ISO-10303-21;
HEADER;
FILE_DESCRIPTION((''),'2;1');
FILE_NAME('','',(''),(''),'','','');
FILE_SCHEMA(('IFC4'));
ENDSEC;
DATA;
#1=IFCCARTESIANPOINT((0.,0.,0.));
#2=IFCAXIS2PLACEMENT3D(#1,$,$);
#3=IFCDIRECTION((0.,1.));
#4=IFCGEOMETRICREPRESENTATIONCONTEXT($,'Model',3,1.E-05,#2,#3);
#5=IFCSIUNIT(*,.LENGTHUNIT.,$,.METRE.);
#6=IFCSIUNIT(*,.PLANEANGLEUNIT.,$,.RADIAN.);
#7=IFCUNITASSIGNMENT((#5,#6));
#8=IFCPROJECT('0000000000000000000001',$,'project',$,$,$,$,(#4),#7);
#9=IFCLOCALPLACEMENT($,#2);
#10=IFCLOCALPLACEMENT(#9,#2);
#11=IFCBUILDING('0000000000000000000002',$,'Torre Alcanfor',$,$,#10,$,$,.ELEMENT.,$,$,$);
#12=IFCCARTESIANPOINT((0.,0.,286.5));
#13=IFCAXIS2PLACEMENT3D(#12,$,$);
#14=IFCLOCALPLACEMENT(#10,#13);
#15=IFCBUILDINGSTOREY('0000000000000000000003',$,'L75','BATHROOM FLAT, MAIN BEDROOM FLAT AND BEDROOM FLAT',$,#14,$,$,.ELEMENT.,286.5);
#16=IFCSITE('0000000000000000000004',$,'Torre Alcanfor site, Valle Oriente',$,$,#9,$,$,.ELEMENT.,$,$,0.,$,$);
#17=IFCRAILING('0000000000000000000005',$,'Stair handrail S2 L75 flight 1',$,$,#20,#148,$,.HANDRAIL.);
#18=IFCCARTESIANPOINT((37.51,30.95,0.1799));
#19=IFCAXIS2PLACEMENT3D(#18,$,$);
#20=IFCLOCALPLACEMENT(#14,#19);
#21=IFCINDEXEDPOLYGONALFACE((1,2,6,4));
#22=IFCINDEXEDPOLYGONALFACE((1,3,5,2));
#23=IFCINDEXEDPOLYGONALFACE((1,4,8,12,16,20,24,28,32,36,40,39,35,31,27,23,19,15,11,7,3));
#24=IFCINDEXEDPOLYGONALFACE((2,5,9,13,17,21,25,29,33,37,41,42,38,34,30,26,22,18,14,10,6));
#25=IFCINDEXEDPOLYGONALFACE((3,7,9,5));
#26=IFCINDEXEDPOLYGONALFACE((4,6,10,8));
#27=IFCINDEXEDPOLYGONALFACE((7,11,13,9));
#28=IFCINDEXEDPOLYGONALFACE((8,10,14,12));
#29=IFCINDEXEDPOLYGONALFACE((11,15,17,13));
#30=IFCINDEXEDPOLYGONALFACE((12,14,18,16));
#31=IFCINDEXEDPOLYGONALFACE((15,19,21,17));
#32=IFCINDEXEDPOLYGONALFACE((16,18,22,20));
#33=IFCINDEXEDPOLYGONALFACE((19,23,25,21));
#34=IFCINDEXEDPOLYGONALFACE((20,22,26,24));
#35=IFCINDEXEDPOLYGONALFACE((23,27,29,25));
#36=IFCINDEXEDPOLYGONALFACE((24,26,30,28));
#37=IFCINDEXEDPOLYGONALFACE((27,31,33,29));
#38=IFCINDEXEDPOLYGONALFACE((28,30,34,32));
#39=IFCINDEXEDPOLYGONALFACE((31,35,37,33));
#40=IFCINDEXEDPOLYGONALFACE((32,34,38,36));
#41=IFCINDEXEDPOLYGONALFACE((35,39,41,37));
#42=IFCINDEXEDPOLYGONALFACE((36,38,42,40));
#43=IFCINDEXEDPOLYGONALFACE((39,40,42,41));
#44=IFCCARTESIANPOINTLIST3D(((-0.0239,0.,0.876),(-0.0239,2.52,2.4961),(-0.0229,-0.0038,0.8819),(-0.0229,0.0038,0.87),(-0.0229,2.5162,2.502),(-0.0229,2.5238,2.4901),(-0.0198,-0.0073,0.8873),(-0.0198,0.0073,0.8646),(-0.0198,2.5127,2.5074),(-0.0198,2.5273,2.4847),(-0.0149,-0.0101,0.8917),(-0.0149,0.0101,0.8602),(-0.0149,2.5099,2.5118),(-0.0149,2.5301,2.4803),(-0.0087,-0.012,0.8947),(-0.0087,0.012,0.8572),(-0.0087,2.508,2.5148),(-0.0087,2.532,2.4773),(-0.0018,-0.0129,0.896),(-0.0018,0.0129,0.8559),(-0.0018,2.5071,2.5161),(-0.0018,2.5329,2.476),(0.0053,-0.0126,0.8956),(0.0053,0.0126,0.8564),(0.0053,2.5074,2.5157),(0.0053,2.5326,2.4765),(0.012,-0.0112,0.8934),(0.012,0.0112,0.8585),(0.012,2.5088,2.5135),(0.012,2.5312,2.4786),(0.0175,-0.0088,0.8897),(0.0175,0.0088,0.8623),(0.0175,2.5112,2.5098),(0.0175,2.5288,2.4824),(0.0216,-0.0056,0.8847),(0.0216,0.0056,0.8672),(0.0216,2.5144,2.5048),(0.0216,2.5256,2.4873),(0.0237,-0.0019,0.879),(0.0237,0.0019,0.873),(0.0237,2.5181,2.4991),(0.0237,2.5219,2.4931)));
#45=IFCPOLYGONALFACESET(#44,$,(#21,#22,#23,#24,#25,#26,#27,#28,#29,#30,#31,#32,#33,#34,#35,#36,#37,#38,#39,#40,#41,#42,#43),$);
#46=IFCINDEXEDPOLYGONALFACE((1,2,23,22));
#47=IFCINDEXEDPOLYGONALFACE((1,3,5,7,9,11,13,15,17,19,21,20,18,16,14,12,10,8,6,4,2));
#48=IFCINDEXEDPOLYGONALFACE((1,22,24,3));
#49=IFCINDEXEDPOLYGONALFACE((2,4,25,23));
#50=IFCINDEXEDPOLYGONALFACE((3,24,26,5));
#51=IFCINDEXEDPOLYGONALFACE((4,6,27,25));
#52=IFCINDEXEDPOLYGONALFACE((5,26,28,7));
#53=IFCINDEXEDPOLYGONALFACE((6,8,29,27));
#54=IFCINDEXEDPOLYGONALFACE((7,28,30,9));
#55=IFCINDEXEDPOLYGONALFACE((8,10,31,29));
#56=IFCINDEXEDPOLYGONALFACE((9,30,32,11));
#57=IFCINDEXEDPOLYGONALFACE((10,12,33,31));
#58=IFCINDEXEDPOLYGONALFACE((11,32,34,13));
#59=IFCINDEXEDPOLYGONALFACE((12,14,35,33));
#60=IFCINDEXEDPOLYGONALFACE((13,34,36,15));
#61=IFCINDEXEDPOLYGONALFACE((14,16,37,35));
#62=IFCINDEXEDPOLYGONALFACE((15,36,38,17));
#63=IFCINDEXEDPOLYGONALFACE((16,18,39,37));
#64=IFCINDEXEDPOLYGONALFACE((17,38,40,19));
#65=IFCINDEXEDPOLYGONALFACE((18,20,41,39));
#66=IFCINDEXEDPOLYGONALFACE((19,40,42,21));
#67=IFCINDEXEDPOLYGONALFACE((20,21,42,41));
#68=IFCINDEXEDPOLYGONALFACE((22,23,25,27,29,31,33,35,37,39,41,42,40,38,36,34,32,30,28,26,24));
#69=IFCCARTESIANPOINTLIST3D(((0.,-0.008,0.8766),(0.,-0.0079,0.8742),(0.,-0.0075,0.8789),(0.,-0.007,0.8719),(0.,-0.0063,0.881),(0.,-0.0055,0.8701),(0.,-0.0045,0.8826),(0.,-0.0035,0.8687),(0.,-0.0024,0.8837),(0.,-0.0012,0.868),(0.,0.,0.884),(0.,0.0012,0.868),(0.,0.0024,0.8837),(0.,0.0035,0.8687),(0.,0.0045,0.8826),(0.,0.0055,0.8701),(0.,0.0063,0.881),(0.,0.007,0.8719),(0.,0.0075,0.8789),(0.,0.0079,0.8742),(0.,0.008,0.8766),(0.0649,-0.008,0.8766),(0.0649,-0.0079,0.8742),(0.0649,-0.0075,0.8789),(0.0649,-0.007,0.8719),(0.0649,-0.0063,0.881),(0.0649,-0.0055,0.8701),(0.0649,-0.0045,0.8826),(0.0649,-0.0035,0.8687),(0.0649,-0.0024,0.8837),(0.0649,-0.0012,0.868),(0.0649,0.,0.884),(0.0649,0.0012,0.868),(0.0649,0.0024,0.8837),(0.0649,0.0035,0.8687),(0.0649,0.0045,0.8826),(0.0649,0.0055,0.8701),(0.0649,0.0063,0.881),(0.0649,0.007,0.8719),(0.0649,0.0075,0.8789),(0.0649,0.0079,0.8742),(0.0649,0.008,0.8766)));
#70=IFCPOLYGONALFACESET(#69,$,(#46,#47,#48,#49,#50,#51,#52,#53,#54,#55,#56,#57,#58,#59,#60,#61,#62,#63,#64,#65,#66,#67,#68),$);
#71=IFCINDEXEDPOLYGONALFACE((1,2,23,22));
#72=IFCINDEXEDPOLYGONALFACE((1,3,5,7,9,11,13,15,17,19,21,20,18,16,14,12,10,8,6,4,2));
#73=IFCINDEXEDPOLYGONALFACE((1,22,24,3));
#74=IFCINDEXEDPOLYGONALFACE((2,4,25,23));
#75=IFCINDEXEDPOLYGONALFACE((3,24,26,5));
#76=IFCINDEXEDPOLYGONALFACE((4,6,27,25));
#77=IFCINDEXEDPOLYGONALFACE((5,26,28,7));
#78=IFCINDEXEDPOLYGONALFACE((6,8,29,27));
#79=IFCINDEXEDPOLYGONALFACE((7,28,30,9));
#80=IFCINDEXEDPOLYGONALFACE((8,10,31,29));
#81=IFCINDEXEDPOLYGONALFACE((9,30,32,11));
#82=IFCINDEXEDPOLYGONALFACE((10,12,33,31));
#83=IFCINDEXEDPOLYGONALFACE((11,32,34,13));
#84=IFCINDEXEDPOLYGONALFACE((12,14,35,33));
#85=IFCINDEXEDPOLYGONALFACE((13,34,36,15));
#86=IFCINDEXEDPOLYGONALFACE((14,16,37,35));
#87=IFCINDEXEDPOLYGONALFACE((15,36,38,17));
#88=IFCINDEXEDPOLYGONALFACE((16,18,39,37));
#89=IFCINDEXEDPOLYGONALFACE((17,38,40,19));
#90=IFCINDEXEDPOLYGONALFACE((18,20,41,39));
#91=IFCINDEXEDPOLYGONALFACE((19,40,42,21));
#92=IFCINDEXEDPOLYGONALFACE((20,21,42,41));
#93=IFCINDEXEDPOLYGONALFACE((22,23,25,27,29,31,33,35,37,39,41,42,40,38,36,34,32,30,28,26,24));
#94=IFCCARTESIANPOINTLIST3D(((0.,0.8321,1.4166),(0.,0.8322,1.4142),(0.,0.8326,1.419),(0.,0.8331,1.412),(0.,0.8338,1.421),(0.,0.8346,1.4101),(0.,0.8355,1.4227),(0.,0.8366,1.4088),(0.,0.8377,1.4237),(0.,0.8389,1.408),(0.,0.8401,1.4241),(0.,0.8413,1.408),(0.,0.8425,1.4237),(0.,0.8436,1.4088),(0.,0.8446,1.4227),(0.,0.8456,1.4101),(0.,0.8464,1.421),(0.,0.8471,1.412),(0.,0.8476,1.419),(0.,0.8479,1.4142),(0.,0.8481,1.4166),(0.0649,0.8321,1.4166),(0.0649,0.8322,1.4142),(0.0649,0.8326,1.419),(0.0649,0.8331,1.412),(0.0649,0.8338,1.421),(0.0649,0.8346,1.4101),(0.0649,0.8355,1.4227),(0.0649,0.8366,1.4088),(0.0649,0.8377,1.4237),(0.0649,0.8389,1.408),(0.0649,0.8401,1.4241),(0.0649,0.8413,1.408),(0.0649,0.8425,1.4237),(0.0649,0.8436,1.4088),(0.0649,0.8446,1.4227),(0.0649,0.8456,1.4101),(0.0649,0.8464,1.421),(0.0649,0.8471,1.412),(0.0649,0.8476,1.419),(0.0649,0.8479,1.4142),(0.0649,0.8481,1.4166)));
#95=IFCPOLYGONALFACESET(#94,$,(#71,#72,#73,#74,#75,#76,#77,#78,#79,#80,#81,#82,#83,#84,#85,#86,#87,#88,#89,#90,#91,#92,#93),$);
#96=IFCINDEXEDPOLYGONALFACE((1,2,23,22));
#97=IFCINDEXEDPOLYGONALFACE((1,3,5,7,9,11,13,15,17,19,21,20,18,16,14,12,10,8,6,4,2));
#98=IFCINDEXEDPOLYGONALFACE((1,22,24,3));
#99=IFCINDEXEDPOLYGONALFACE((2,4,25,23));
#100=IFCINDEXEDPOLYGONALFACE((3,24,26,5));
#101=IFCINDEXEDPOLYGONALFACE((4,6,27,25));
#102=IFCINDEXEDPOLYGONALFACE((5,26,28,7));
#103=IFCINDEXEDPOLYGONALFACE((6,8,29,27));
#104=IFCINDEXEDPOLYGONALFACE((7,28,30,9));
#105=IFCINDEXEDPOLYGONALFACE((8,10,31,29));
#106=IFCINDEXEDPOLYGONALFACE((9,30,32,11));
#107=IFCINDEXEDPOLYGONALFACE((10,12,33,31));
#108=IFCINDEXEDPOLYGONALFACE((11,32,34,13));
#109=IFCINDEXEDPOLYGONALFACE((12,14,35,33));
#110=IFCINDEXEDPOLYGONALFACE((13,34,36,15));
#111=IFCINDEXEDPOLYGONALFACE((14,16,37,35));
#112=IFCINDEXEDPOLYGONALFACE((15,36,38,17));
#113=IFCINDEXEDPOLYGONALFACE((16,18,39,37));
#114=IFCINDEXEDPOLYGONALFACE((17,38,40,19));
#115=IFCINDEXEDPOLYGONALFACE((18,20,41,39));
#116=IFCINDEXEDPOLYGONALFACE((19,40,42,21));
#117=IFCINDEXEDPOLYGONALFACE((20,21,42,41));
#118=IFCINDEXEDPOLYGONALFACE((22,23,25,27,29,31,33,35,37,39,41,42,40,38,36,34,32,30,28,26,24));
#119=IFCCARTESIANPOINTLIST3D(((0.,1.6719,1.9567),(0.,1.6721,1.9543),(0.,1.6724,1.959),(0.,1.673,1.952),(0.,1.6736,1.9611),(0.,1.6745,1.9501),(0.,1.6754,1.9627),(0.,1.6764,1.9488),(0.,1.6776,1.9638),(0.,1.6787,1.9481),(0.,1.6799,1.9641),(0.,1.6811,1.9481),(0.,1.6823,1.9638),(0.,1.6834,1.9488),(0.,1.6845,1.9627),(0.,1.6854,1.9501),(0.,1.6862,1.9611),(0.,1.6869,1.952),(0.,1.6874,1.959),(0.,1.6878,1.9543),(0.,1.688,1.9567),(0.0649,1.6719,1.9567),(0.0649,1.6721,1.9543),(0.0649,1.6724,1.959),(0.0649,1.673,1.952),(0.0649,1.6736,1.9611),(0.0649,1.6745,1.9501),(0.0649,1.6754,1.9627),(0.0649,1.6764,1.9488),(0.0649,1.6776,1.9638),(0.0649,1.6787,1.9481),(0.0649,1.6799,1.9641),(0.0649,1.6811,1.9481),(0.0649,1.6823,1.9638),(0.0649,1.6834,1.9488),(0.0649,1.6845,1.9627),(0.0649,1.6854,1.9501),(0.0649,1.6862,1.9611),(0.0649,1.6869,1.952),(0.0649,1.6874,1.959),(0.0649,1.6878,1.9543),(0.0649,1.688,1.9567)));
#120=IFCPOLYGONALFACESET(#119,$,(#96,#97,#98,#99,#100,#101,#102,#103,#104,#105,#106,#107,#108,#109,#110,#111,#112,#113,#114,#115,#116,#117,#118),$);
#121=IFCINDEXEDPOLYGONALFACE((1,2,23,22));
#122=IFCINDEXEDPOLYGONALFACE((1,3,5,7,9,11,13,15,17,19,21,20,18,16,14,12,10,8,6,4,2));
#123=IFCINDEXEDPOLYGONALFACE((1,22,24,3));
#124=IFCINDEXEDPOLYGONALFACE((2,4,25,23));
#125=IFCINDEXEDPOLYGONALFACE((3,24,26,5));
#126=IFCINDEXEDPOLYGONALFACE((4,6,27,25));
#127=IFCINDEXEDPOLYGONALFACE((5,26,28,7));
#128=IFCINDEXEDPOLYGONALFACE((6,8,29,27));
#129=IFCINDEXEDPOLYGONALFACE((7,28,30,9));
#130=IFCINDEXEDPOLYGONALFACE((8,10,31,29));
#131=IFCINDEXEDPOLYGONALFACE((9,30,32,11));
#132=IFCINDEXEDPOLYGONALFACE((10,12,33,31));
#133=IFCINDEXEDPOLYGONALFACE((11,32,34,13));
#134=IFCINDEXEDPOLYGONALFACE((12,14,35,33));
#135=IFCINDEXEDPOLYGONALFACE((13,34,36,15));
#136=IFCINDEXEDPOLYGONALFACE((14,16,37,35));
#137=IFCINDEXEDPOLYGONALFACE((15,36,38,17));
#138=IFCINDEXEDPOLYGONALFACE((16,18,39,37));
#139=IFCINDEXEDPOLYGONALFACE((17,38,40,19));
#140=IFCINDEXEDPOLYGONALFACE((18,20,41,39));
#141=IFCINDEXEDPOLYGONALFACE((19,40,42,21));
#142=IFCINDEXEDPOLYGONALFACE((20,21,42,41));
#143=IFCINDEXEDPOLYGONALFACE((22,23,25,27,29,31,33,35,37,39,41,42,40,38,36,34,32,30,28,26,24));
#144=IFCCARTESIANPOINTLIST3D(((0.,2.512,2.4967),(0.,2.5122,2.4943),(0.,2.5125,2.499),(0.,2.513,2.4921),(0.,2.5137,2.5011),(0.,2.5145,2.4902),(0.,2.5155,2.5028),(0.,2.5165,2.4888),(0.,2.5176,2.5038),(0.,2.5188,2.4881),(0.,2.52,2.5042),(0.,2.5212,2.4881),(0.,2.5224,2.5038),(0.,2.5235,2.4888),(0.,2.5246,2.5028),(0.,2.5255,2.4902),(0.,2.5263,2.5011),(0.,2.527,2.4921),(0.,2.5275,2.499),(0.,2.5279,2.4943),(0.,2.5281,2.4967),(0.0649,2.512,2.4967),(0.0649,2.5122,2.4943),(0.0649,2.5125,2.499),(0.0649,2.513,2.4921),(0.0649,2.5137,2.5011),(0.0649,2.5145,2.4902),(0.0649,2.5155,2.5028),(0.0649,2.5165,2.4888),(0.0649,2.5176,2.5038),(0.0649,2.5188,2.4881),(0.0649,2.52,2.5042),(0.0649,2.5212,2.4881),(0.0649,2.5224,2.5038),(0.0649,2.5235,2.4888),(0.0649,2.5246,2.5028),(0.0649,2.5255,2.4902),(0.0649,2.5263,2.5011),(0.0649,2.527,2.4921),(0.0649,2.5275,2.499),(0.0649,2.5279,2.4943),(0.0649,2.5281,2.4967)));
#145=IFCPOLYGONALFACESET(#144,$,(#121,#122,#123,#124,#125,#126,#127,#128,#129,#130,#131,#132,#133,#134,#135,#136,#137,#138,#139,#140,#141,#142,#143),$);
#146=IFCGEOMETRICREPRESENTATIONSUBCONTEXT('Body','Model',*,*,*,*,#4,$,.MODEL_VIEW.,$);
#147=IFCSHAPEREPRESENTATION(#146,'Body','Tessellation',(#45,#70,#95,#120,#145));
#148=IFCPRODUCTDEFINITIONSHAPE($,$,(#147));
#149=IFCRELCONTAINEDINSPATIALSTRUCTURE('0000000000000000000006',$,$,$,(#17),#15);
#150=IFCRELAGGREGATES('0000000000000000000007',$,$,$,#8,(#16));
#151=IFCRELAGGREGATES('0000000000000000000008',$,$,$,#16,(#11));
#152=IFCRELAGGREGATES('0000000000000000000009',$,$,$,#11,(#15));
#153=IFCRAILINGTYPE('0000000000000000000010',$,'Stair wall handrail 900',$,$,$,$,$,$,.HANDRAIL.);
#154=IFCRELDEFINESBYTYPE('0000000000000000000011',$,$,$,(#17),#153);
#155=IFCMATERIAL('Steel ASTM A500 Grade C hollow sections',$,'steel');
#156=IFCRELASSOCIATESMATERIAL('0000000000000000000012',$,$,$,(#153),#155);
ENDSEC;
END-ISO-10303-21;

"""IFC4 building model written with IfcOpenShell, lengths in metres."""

from ifc_helpers import new_model, si_unit, direction, frame, origin, origin_2d, place, context, subcontext, project, spatial, circle, extrude, material, type_object, element, save


model = new_model("IFC4")

# Units and contexts
model_context = context("Model", 3, precision=1e-05, world=origin(), true_north=direction((0.0, 1.0)))
body_context = subcontext(model_context, "Body", "Model", "MODEL_VIEW")
ifc_project = project(units=[si_unit("LENGTHUNIT", "METRE"), si_unit("PLANEANGLEUNIT", "RADIAN")], contexts=[model_context])

# Site, building, storey
site_placement = place(None, origin())
site = spatial("IfcSite", under=ifc_project, at=site_placement, Name="Torre Alcanfor site, Valle Oriente", CompositionType="ELEMENT", RefElevation=0.0)
building_placement = place(site_placement, origin())
building = spatial("IfcBuilding", under=site, at=building_placement, Name="Torre Alcanfor", CompositionType="ELEMENT")
storey_placement = place(building_placement, frame((0.0, 0.0, 286.5)))
storey = spatial("IfcBuildingStorey", under=building, at=storey_placement, Name="L75", Description="BATHROOM FLAT, MAIN BEDROOM FLAT AND BEDROOM FLAT", CompositionType="ELEMENT", Elevation=286.5)

# Railing
ifc_material_1 = material(Name="Steel ASTM A500 Grade C hollow sections", Category="steel")
railing_type_1 = type_object("IfcRailingType", Name="Stair wall handrail 900", PredefinedType="HANDRAIL", material=ifc_material_1)
railing_1_placement = place(storey_placement, frame((37.51, 30.95, 0.1799)))
element("IfcRailing", 1, at=railing_1_placement, inside=storey, type_object=railing_type_1, Name="Stair handrail S2 L75 flight 1", PredefinedType="HANDRAIL", context=body_context, shape_type="SweptSolid", body=[
    extrude(circle(Radius=0.0239, at=origin_2d()), frame((0.0, 0.0, 0.876), z_axis=(0.0, 0.841163, 0.540782), x_axis=(-1.0, 0.0, 0.0)), (0.0, 0.0, 1.0), 2.9958),
    extrude(circle(Radius=0.0081, at=origin_2d()), frame((0.0, 0.0, 0.876), z_axis=(1.0, 0.0, 0.0), x_axis=(0.0, 0.0, 1.0)), (0.0, 0.0, 1.0), 0.0649),
    extrude(circle(Radius=0.0081, at=origin_2d()), frame((0.0, 0.8401, 1.416), z_axis=(1.0, 0.0, 0.0), x_axis=(0.0, 0.0, 1.0)), (0.0, 0.0, 1.0), 0.0649),
    extrude(circle(Radius=0.0081, at=origin_2d()), frame((0.0, 1.6799, 1.9561), z_axis=(1.0, 0.0, 0.0), x_axis=(0.0, 0.0, 1.0)), (0.0, 0.0, 1.0), 0.0649),
    extrude(circle(Radius=0.0081, at=origin_2d()), frame((0.0, 2.52, 2.4961), z_axis=(1.0, 0.0, 0.0), x_axis=(0.0, 0.0, 1.0)), (0.0, 0.0, 1.0), 0.0649),
])

save(model, "model.ifc")
